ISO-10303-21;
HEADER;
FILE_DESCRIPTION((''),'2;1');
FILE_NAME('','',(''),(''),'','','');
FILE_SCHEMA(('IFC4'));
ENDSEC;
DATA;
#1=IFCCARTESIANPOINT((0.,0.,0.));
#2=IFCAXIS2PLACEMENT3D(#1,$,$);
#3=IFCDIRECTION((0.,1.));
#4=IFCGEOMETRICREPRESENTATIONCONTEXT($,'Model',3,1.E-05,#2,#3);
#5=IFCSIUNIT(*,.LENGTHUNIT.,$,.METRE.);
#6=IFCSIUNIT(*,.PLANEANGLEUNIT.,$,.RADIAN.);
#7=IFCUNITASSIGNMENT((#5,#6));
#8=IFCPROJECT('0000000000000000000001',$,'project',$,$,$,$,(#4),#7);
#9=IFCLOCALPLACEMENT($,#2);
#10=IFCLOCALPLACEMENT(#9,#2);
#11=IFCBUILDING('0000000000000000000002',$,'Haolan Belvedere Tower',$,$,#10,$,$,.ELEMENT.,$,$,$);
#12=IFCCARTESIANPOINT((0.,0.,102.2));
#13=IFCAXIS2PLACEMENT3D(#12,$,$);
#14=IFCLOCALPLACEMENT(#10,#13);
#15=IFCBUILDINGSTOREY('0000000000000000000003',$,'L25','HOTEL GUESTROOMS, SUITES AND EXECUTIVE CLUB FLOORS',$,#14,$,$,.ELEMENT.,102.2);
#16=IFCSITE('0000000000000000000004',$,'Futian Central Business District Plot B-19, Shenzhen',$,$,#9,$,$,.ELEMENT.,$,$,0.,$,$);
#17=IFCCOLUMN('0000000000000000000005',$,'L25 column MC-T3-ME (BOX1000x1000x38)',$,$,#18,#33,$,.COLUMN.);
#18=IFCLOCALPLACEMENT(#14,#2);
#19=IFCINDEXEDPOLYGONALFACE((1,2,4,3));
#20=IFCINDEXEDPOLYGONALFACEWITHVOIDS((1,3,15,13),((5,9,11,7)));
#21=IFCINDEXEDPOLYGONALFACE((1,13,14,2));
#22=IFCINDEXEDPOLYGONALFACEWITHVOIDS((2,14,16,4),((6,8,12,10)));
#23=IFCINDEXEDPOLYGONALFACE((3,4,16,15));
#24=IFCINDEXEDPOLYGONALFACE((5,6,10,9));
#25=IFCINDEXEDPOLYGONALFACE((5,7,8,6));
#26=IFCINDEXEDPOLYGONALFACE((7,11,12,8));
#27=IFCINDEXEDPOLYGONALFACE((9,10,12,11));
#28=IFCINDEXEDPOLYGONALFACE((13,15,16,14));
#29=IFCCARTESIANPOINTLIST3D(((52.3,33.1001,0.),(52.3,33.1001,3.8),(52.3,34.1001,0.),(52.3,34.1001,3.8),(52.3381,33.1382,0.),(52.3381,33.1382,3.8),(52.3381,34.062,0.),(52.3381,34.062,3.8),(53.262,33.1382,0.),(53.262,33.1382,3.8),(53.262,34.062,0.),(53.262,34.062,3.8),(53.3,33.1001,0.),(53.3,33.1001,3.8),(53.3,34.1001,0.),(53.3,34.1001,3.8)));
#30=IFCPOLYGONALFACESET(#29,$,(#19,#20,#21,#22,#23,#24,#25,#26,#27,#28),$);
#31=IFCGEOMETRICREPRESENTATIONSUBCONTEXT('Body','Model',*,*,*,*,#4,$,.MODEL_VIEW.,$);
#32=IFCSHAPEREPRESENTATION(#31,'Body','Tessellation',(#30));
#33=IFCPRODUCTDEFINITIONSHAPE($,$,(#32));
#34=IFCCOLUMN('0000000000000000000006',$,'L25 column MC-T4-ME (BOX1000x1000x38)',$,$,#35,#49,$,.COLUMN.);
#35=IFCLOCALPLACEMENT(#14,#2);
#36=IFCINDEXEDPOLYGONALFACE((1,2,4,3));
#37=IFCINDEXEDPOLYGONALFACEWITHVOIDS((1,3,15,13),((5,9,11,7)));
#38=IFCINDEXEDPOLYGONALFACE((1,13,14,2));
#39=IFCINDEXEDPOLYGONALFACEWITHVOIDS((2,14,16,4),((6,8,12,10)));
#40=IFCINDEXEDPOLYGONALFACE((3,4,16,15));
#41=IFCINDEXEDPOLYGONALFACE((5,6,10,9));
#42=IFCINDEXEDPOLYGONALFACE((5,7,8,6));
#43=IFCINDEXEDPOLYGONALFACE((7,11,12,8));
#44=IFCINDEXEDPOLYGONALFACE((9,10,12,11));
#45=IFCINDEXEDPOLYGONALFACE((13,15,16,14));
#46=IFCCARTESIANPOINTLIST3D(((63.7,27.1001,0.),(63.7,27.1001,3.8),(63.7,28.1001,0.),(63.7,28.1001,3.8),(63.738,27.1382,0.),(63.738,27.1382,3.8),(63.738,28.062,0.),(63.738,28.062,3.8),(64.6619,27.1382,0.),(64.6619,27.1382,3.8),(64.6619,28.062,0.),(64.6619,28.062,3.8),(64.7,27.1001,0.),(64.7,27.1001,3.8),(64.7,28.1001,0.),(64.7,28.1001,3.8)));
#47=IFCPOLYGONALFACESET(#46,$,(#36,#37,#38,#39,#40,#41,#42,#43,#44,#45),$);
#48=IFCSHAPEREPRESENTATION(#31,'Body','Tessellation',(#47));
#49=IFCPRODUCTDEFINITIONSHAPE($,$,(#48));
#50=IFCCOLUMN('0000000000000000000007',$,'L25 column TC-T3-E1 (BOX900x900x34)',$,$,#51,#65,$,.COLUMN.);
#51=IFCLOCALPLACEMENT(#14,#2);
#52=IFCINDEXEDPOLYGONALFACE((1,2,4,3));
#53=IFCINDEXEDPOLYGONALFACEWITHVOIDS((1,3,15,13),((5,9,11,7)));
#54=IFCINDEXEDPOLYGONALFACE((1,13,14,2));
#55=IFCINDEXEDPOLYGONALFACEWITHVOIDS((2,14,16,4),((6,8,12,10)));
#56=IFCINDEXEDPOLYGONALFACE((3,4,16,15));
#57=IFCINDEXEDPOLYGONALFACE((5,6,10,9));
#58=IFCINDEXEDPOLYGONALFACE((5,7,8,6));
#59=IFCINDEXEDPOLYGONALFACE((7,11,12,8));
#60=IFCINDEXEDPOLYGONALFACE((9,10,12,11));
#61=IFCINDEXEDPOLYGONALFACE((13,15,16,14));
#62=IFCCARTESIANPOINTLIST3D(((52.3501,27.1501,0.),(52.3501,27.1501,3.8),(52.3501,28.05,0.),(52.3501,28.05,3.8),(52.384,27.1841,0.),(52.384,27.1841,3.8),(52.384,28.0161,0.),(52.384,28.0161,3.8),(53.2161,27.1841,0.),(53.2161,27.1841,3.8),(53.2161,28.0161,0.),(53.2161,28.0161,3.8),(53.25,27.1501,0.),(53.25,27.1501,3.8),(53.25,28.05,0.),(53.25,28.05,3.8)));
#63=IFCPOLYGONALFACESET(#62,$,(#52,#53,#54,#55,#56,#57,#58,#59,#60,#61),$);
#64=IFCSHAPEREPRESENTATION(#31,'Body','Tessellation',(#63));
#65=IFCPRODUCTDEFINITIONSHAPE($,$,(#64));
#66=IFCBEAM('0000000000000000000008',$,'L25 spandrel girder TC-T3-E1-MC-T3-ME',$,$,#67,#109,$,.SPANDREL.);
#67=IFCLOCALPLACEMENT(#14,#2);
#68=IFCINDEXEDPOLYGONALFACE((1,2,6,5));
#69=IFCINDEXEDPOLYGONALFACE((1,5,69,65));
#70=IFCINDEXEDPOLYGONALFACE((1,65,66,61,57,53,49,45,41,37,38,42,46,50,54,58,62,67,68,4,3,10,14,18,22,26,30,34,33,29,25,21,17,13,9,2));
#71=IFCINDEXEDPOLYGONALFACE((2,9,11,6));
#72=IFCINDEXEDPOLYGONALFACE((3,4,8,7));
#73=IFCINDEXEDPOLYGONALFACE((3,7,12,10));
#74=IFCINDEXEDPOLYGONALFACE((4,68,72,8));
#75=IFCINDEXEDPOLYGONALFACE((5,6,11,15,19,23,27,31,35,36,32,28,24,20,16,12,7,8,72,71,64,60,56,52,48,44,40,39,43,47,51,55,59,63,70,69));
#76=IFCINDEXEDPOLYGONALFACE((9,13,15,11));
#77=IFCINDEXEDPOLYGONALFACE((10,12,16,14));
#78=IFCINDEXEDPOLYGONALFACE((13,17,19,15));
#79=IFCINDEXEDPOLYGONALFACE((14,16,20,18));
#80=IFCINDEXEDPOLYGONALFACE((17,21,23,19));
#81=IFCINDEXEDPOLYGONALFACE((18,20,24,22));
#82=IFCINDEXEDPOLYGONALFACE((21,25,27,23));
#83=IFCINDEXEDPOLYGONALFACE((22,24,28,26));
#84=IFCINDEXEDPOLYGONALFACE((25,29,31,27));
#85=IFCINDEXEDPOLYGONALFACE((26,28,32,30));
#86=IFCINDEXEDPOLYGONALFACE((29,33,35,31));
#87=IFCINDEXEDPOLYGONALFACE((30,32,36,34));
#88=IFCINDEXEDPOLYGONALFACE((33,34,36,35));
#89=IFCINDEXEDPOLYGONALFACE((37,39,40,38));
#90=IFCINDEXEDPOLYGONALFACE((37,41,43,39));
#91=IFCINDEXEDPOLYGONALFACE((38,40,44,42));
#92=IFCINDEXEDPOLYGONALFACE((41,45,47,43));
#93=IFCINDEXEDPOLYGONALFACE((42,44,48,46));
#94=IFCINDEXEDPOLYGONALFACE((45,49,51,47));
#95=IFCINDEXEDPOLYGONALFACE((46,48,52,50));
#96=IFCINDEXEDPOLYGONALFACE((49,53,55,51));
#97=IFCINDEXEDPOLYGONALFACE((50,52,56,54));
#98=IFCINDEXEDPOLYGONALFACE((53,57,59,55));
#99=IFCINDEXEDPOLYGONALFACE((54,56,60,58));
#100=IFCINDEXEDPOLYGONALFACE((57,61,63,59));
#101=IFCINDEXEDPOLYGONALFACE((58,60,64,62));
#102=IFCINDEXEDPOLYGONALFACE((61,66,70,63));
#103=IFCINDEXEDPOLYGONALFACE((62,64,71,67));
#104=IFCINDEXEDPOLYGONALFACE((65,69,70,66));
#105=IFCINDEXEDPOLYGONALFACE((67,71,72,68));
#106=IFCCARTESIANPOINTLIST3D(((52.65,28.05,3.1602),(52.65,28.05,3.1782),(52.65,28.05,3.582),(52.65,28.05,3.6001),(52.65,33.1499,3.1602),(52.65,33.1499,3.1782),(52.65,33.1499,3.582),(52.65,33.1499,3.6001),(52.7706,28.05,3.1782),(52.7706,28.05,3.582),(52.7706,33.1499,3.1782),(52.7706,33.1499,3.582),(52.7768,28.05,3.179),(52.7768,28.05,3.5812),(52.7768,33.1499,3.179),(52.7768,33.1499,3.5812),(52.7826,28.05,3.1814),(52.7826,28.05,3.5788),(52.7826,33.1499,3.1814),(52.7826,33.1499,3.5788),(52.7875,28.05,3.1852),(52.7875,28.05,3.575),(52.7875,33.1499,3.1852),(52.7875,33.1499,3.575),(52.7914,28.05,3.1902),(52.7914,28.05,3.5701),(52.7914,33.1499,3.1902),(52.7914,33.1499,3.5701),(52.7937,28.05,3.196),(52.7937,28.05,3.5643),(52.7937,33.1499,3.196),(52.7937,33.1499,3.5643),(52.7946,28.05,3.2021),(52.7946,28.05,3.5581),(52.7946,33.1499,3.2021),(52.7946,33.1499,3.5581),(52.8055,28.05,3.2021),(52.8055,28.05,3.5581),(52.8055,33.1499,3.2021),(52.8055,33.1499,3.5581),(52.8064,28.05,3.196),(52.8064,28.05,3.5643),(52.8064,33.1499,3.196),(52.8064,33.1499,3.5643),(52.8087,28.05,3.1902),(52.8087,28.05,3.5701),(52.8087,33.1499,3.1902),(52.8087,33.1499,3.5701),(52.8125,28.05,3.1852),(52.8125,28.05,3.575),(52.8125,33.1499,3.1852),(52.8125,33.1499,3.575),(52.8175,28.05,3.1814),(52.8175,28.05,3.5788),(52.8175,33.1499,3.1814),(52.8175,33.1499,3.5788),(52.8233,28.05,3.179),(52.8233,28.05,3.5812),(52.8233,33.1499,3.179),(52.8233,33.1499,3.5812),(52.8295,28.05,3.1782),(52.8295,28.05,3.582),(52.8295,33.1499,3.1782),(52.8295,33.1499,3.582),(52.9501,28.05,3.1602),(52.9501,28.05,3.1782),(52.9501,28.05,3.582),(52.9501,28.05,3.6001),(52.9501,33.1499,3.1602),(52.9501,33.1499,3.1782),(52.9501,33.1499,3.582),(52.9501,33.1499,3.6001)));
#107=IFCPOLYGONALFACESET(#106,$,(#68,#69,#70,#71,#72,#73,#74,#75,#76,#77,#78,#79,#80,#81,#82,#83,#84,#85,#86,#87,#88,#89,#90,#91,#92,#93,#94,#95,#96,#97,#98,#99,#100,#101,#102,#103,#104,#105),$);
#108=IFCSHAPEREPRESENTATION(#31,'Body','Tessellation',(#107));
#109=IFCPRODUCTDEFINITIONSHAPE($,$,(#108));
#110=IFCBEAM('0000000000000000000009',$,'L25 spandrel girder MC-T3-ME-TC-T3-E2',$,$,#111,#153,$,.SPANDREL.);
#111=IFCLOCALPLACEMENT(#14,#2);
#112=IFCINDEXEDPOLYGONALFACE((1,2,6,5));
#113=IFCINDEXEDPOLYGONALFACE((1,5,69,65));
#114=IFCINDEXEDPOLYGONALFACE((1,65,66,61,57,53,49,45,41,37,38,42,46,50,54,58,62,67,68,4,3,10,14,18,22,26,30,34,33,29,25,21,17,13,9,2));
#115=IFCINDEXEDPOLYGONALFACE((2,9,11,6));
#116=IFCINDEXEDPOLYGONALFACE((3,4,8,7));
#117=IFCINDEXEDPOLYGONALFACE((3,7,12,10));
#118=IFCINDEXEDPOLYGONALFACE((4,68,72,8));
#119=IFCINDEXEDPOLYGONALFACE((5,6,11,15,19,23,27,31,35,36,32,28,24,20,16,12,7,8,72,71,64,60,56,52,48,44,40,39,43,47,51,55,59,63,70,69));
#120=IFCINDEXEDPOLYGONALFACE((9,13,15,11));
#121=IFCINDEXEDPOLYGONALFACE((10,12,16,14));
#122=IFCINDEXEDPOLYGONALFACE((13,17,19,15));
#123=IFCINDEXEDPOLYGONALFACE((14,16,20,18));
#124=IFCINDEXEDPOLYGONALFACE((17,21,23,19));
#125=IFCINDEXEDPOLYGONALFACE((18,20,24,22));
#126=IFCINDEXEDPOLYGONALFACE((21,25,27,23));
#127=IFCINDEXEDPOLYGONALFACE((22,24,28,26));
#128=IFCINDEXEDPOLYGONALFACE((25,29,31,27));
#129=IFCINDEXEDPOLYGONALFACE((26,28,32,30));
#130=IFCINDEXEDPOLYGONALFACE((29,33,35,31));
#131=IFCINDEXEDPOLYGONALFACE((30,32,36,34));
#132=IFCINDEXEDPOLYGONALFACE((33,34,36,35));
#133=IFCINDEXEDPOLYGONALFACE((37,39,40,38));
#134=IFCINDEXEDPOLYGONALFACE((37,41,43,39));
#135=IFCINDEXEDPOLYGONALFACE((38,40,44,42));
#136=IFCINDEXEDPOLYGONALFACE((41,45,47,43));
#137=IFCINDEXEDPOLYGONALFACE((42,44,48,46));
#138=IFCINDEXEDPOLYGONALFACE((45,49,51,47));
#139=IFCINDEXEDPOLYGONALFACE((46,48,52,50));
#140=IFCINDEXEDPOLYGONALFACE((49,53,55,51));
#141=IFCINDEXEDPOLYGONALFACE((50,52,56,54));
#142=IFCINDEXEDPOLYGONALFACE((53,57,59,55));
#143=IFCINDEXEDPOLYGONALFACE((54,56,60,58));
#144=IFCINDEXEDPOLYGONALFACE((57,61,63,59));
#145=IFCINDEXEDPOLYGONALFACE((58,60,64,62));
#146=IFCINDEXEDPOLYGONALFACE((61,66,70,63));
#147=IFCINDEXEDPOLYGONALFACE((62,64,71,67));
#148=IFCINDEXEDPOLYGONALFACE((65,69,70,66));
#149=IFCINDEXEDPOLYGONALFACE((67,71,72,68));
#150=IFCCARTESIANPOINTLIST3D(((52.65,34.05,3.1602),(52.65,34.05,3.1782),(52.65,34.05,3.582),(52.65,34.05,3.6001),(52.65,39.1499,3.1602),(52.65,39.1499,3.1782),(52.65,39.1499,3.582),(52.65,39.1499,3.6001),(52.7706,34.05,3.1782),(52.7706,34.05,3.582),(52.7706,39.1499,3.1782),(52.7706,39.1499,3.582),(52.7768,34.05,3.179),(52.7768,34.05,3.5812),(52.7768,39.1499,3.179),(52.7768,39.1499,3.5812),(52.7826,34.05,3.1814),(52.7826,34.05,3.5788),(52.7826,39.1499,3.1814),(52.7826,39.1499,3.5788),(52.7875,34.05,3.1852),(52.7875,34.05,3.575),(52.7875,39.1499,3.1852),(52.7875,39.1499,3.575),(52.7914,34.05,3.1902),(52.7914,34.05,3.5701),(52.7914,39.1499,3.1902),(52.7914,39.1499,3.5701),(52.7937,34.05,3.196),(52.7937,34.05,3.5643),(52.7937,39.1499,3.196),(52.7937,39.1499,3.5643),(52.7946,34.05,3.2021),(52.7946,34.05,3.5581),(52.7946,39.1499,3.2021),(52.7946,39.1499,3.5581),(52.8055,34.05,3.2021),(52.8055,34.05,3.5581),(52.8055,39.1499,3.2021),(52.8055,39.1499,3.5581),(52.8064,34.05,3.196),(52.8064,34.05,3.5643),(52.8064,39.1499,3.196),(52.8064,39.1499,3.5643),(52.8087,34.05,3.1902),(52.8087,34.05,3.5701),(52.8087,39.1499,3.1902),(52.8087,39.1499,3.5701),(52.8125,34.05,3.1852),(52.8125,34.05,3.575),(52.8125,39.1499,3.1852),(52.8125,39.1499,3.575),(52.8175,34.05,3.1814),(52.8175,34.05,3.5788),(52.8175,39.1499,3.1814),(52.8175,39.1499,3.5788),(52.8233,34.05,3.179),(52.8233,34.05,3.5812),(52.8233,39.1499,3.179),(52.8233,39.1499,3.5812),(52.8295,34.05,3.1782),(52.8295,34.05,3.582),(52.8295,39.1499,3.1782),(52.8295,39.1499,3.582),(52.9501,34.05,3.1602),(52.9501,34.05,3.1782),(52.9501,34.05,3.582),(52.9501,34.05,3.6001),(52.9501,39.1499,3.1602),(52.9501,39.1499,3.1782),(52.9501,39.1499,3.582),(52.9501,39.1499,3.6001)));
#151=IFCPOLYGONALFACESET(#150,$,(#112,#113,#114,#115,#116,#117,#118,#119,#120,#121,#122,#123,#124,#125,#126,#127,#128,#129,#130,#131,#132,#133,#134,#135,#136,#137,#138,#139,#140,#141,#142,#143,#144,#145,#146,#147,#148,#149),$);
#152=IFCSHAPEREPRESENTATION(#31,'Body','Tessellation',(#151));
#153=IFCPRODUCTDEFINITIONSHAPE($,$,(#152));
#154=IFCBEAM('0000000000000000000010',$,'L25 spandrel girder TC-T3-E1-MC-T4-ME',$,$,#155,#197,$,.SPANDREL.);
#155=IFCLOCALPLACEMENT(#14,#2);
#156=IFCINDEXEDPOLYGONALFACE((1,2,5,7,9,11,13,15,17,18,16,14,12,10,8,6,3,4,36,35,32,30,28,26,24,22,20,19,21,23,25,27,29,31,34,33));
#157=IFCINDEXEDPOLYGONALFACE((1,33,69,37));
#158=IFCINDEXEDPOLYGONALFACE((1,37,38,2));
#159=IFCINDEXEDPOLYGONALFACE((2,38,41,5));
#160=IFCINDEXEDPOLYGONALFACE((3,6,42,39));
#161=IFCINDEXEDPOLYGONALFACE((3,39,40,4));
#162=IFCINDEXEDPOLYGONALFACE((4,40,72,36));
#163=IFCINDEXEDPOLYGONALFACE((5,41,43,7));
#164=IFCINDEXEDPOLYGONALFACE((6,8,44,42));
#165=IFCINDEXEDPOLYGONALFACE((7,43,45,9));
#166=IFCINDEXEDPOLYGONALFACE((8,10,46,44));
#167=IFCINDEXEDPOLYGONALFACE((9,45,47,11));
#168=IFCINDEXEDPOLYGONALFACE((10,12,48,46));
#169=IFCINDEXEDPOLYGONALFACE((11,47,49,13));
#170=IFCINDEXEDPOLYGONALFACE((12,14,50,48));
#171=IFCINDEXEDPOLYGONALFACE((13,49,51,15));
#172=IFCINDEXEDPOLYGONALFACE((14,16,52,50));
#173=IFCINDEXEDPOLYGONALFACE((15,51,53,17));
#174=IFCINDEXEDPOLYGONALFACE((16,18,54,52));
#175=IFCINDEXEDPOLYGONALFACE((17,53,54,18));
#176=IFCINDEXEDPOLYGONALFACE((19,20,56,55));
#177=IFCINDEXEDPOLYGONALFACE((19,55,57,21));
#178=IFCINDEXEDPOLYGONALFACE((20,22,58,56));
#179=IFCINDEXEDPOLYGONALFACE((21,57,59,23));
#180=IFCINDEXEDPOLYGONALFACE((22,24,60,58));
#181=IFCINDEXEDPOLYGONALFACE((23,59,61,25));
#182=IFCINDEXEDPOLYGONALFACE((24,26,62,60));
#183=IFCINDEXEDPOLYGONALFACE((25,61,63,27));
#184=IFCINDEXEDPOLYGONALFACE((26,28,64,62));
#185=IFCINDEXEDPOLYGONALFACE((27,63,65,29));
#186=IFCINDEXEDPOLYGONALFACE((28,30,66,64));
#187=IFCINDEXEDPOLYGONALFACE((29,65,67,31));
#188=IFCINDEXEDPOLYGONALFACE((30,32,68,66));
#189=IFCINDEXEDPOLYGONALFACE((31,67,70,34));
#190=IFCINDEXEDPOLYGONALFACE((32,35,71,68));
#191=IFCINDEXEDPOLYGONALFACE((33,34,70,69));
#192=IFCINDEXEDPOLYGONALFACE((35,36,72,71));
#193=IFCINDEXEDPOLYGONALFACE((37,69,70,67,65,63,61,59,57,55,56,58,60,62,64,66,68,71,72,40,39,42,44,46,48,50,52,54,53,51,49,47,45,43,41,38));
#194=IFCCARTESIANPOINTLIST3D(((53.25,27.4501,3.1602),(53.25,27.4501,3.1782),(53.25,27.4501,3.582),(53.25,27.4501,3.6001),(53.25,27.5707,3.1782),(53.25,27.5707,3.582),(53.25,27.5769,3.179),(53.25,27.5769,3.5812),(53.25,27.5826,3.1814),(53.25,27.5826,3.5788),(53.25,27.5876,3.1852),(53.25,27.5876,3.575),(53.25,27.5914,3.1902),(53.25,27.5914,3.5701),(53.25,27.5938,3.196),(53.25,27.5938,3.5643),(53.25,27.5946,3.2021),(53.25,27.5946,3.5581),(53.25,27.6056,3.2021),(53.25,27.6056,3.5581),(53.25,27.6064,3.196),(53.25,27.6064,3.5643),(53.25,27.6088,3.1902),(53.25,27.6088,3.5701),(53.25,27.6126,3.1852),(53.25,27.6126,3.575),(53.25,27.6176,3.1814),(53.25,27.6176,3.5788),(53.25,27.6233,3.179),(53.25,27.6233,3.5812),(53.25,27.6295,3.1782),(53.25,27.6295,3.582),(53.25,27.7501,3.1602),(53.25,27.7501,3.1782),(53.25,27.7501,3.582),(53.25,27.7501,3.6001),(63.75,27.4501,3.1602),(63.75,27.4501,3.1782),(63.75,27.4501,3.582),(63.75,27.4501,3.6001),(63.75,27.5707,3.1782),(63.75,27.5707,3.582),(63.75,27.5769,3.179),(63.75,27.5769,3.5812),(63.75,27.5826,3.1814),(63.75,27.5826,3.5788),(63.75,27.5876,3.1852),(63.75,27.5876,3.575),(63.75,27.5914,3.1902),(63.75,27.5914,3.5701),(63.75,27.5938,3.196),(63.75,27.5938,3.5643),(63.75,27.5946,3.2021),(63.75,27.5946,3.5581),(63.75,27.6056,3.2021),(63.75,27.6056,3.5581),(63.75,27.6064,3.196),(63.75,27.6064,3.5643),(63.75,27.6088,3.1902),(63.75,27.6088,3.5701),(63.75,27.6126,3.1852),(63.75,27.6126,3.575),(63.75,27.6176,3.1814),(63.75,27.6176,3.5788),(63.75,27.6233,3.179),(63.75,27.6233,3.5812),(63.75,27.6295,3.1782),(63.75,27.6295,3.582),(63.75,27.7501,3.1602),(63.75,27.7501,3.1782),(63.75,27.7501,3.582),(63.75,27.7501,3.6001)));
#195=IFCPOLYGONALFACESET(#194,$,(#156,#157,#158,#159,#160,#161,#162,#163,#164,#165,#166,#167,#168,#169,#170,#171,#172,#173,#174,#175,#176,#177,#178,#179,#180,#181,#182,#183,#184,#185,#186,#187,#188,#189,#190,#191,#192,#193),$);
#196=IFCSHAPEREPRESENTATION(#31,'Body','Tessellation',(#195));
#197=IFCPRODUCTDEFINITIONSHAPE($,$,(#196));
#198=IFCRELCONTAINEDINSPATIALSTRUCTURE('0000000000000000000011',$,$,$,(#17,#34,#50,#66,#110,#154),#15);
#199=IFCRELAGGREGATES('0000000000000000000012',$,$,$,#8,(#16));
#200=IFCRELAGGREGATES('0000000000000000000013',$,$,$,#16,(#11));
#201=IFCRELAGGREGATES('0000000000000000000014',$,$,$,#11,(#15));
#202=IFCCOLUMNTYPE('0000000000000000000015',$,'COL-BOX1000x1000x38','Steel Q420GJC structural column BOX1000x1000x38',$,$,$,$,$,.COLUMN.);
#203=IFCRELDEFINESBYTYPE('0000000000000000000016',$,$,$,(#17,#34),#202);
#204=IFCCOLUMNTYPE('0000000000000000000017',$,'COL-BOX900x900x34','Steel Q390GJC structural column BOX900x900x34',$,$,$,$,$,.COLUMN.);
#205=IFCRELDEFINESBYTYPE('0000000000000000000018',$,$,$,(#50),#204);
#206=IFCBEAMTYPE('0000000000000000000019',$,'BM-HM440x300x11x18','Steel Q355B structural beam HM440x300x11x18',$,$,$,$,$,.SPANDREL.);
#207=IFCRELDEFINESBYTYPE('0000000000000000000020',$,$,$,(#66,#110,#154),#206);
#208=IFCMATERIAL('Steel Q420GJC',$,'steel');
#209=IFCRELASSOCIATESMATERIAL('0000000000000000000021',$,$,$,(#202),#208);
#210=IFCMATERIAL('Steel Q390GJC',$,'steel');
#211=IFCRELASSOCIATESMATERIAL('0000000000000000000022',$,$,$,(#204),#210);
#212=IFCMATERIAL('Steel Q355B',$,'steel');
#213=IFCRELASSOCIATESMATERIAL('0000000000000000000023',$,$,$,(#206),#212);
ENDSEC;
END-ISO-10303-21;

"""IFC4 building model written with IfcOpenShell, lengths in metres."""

from ifc_helpers import new_model, si_unit, direction, frame, origin, origin_2d, place, context, subcontext, project, spatial, hollow_rectangle, i_section, extrude, material, material_profile, profile_set, type_object, element, save


model = new_model("IFC4")

# Units and contexts
model_context = context("Model", 3, precision=1e-05, world=origin(), true_north=direction((0.0, 1.0)))
body_context = subcontext(model_context, "Body", "Model", "MODEL_VIEW")
ifc_project = project(units=[si_unit("LENGTHUNIT", "METRE"), si_unit("PLANEANGLEUNIT", "RADIAN")], contexts=[model_context])

# Site, building, storey
site_placement = place(None, origin())
site = spatial("IfcSite", under=ifc_project, at=site_placement, Name="Futian Central Business District Plot B-19, Shenzhen", CompositionType="ELEMENT", RefElevation=0.0)
building_placement = place(site_placement, origin())
building = spatial("IfcBuilding", under=site, at=building_placement, Name="Haolan Belvedere Tower", CompositionType="ELEMENT")
storey_placement = place(building_placement, frame((0.0, 0.0, 102.2)))
storey = spatial("IfcBuildingStorey", under=building, at=storey_placement, Name="L25", Description="HOTEL GUESTROOMS, SUITES AND EXECUTIVE CLUB FLOORS", CompositionType="ELEMENT", Elevation=102.2)

# Columns
ifc_material_1 = material(Name="Steel Q420GJC", Category="steel")
ifc_material_profile_1 = material_profile(ifc_material_1, hollow_rectangle(XDim=1.0, YDim=1.0, WallThickness=0.0381, at=origin_2d()), Name="Steel Q420GJC")
ifc_profile_set_1 = profile_set([ifc_material_profile_1], Name="Steel Q420GJC")
column_type_1 = type_object("IfcColumnType", Name="COL-BOX1000x1000x38", Description="Steel Q420GJC structural column BOX1000x1000x38", PredefinedType="COLUMN", material=ifc_profile_set_1)
for number, where, z_axis, x_axis, name in (
    (1, (52.8, 33.6001, 0.0), (0.0, 0.0, 1.0), (1.0, 0.0, 0.0), "L25 column MC-T3-ME (BOX1000x1000x38)"),
    (2, (64.2, 27.6001, 0.0), (0.0, 0.0, 1.0), (1.0, 0.0, 0.0), "L25 column MC-T4-ME (BOX1000x1000x38)"),
):
    element("IfcColumn", number, at=place(storey_placement, frame(where, z_axis=z_axis, x_axis=x_axis)), inside=storey, type_object=column_type_1, Name=name, PredefinedType="COLUMN", context=body_context, shape_type="SweptSolid", body=[
        extrude(hollow_rectangle(XDim=1.0, YDim=1.0, WallThickness=0.0381, at=origin_2d()), origin(), (0.0, 0.0, 1.0), 3.8),
    ])
ifc_material_2 = material(Name="Steel Q390GJC", Category="steel")
ifc_material_profile_2 = material_profile(ifc_material_2, hollow_rectangle(XDim=0.8999, YDim=0.8999, WallThickness=0.0339, at=origin_2d()), Name="Steel Q390GJC")
ifc_profile_set_2 = profile_set([ifc_material_profile_2], Name="Steel Q390GJC")
column_type_2 = type_object("IfcColumnType", Name="COL-BOX900x900x34", Description="Steel Q390GJC structural column BOX900x900x34", PredefinedType="COLUMN", material=ifc_profile_set_2)
column_placement = place(storey_placement, frame((52.8, 27.6001, 0.0), z_axis=(0.0, 0.0, 1.0), x_axis=(1.0, 0.0, 0.0)))
element("IfcColumn", 3, at=column_placement, inside=storey, type_object=column_type_2, Name="L25 column TC-T3-E1 (BOX900x900x34)", PredefinedType="COLUMN", context=body_context, shape_type="SweptSolid", body=[
    extrude(hollow_rectangle(XDim=0.8999, YDim=0.8999, WallThickness=0.0339, at=origin_2d()), origin(), (0.0, 0.0, 1.0), 3.8),
])

# Beams
ifc_material_3 = material(Name="Steel Q355B", Category="steel")
ifc_material_profile_3 = material_profile(ifc_material_3, i_section(OverallWidth=0.3, OverallDepth=0.4399, WebThickness=0.011, FlangeThickness=0.0181, FilletRadius=0.0239, at=origin_2d()), Name="Steel Q355B")
ifc_profile_set_3 = profile_set([ifc_material_profile_3], Name="Steel Q355B")
beam_type_1 = type_object("IfcBeamType", Name="BM-HM440x300x11x18", Description="Steel Q355B structural beam HM440x300x11x18", PredefinedType="SPANDREL", material=ifc_profile_set_3)
for number, where, z_axis, x_axis, name in (
    (4, (52.8, 28.05, 3.3801), (0.0, 1.0, 0.0), (-1.0, 0.0, 0.0), "L25 spandrel girder TC-T3-E1-MC-T3-ME"),
    (5, (52.8, 34.05, 3.3801), (0.0, 1.0, 0.0), (-1.0, 0.0, 0.0), "L25 spandrel girder MC-T3-ME-TC-T3-E2"),
):
    element("IfcBeam", number, at=place(storey_placement, frame(where, z_axis=z_axis, x_axis=x_axis)), inside=storey, type_object=beam_type_1, Name=name, PredefinedType="SPANDREL", context=body_context, shape_type="SweptSolid", body=[
        extrude(i_section(OverallWidth=0.3, OverallDepth=0.4399, WebThickness=0.011, FlangeThickness=0.0181, FilletRadius=0.0239, at=origin_2d()), origin(), (0.0, 0.0, 1.0), 5.0999),
    ])
beam_1_placement = place(storey_placement, frame((53.25, 27.6001, 3.3801), z_axis=(1.0, 0.0, 0.0), x_axis=(0.0, 1.0, 0.0)))
element("IfcBeam", 6, at=beam_1_placement, inside=storey, type_object=beam_type_1, Name="L25 spandrel girder TC-T3-E1-MC-T4-ME", PredefinedType="SPANDREL", context=body_context, shape_type="SweptSolid", body=[
    extrude(i_section(OverallWidth=0.3, OverallDepth=0.4399, WebThickness=0.011, FlangeThickness=0.0181, FilletRadius=0.0239, at=origin_2d()), origin(), (0.0, 0.0, 1.0), 10.5),
])

save(model, "model.ifc")
